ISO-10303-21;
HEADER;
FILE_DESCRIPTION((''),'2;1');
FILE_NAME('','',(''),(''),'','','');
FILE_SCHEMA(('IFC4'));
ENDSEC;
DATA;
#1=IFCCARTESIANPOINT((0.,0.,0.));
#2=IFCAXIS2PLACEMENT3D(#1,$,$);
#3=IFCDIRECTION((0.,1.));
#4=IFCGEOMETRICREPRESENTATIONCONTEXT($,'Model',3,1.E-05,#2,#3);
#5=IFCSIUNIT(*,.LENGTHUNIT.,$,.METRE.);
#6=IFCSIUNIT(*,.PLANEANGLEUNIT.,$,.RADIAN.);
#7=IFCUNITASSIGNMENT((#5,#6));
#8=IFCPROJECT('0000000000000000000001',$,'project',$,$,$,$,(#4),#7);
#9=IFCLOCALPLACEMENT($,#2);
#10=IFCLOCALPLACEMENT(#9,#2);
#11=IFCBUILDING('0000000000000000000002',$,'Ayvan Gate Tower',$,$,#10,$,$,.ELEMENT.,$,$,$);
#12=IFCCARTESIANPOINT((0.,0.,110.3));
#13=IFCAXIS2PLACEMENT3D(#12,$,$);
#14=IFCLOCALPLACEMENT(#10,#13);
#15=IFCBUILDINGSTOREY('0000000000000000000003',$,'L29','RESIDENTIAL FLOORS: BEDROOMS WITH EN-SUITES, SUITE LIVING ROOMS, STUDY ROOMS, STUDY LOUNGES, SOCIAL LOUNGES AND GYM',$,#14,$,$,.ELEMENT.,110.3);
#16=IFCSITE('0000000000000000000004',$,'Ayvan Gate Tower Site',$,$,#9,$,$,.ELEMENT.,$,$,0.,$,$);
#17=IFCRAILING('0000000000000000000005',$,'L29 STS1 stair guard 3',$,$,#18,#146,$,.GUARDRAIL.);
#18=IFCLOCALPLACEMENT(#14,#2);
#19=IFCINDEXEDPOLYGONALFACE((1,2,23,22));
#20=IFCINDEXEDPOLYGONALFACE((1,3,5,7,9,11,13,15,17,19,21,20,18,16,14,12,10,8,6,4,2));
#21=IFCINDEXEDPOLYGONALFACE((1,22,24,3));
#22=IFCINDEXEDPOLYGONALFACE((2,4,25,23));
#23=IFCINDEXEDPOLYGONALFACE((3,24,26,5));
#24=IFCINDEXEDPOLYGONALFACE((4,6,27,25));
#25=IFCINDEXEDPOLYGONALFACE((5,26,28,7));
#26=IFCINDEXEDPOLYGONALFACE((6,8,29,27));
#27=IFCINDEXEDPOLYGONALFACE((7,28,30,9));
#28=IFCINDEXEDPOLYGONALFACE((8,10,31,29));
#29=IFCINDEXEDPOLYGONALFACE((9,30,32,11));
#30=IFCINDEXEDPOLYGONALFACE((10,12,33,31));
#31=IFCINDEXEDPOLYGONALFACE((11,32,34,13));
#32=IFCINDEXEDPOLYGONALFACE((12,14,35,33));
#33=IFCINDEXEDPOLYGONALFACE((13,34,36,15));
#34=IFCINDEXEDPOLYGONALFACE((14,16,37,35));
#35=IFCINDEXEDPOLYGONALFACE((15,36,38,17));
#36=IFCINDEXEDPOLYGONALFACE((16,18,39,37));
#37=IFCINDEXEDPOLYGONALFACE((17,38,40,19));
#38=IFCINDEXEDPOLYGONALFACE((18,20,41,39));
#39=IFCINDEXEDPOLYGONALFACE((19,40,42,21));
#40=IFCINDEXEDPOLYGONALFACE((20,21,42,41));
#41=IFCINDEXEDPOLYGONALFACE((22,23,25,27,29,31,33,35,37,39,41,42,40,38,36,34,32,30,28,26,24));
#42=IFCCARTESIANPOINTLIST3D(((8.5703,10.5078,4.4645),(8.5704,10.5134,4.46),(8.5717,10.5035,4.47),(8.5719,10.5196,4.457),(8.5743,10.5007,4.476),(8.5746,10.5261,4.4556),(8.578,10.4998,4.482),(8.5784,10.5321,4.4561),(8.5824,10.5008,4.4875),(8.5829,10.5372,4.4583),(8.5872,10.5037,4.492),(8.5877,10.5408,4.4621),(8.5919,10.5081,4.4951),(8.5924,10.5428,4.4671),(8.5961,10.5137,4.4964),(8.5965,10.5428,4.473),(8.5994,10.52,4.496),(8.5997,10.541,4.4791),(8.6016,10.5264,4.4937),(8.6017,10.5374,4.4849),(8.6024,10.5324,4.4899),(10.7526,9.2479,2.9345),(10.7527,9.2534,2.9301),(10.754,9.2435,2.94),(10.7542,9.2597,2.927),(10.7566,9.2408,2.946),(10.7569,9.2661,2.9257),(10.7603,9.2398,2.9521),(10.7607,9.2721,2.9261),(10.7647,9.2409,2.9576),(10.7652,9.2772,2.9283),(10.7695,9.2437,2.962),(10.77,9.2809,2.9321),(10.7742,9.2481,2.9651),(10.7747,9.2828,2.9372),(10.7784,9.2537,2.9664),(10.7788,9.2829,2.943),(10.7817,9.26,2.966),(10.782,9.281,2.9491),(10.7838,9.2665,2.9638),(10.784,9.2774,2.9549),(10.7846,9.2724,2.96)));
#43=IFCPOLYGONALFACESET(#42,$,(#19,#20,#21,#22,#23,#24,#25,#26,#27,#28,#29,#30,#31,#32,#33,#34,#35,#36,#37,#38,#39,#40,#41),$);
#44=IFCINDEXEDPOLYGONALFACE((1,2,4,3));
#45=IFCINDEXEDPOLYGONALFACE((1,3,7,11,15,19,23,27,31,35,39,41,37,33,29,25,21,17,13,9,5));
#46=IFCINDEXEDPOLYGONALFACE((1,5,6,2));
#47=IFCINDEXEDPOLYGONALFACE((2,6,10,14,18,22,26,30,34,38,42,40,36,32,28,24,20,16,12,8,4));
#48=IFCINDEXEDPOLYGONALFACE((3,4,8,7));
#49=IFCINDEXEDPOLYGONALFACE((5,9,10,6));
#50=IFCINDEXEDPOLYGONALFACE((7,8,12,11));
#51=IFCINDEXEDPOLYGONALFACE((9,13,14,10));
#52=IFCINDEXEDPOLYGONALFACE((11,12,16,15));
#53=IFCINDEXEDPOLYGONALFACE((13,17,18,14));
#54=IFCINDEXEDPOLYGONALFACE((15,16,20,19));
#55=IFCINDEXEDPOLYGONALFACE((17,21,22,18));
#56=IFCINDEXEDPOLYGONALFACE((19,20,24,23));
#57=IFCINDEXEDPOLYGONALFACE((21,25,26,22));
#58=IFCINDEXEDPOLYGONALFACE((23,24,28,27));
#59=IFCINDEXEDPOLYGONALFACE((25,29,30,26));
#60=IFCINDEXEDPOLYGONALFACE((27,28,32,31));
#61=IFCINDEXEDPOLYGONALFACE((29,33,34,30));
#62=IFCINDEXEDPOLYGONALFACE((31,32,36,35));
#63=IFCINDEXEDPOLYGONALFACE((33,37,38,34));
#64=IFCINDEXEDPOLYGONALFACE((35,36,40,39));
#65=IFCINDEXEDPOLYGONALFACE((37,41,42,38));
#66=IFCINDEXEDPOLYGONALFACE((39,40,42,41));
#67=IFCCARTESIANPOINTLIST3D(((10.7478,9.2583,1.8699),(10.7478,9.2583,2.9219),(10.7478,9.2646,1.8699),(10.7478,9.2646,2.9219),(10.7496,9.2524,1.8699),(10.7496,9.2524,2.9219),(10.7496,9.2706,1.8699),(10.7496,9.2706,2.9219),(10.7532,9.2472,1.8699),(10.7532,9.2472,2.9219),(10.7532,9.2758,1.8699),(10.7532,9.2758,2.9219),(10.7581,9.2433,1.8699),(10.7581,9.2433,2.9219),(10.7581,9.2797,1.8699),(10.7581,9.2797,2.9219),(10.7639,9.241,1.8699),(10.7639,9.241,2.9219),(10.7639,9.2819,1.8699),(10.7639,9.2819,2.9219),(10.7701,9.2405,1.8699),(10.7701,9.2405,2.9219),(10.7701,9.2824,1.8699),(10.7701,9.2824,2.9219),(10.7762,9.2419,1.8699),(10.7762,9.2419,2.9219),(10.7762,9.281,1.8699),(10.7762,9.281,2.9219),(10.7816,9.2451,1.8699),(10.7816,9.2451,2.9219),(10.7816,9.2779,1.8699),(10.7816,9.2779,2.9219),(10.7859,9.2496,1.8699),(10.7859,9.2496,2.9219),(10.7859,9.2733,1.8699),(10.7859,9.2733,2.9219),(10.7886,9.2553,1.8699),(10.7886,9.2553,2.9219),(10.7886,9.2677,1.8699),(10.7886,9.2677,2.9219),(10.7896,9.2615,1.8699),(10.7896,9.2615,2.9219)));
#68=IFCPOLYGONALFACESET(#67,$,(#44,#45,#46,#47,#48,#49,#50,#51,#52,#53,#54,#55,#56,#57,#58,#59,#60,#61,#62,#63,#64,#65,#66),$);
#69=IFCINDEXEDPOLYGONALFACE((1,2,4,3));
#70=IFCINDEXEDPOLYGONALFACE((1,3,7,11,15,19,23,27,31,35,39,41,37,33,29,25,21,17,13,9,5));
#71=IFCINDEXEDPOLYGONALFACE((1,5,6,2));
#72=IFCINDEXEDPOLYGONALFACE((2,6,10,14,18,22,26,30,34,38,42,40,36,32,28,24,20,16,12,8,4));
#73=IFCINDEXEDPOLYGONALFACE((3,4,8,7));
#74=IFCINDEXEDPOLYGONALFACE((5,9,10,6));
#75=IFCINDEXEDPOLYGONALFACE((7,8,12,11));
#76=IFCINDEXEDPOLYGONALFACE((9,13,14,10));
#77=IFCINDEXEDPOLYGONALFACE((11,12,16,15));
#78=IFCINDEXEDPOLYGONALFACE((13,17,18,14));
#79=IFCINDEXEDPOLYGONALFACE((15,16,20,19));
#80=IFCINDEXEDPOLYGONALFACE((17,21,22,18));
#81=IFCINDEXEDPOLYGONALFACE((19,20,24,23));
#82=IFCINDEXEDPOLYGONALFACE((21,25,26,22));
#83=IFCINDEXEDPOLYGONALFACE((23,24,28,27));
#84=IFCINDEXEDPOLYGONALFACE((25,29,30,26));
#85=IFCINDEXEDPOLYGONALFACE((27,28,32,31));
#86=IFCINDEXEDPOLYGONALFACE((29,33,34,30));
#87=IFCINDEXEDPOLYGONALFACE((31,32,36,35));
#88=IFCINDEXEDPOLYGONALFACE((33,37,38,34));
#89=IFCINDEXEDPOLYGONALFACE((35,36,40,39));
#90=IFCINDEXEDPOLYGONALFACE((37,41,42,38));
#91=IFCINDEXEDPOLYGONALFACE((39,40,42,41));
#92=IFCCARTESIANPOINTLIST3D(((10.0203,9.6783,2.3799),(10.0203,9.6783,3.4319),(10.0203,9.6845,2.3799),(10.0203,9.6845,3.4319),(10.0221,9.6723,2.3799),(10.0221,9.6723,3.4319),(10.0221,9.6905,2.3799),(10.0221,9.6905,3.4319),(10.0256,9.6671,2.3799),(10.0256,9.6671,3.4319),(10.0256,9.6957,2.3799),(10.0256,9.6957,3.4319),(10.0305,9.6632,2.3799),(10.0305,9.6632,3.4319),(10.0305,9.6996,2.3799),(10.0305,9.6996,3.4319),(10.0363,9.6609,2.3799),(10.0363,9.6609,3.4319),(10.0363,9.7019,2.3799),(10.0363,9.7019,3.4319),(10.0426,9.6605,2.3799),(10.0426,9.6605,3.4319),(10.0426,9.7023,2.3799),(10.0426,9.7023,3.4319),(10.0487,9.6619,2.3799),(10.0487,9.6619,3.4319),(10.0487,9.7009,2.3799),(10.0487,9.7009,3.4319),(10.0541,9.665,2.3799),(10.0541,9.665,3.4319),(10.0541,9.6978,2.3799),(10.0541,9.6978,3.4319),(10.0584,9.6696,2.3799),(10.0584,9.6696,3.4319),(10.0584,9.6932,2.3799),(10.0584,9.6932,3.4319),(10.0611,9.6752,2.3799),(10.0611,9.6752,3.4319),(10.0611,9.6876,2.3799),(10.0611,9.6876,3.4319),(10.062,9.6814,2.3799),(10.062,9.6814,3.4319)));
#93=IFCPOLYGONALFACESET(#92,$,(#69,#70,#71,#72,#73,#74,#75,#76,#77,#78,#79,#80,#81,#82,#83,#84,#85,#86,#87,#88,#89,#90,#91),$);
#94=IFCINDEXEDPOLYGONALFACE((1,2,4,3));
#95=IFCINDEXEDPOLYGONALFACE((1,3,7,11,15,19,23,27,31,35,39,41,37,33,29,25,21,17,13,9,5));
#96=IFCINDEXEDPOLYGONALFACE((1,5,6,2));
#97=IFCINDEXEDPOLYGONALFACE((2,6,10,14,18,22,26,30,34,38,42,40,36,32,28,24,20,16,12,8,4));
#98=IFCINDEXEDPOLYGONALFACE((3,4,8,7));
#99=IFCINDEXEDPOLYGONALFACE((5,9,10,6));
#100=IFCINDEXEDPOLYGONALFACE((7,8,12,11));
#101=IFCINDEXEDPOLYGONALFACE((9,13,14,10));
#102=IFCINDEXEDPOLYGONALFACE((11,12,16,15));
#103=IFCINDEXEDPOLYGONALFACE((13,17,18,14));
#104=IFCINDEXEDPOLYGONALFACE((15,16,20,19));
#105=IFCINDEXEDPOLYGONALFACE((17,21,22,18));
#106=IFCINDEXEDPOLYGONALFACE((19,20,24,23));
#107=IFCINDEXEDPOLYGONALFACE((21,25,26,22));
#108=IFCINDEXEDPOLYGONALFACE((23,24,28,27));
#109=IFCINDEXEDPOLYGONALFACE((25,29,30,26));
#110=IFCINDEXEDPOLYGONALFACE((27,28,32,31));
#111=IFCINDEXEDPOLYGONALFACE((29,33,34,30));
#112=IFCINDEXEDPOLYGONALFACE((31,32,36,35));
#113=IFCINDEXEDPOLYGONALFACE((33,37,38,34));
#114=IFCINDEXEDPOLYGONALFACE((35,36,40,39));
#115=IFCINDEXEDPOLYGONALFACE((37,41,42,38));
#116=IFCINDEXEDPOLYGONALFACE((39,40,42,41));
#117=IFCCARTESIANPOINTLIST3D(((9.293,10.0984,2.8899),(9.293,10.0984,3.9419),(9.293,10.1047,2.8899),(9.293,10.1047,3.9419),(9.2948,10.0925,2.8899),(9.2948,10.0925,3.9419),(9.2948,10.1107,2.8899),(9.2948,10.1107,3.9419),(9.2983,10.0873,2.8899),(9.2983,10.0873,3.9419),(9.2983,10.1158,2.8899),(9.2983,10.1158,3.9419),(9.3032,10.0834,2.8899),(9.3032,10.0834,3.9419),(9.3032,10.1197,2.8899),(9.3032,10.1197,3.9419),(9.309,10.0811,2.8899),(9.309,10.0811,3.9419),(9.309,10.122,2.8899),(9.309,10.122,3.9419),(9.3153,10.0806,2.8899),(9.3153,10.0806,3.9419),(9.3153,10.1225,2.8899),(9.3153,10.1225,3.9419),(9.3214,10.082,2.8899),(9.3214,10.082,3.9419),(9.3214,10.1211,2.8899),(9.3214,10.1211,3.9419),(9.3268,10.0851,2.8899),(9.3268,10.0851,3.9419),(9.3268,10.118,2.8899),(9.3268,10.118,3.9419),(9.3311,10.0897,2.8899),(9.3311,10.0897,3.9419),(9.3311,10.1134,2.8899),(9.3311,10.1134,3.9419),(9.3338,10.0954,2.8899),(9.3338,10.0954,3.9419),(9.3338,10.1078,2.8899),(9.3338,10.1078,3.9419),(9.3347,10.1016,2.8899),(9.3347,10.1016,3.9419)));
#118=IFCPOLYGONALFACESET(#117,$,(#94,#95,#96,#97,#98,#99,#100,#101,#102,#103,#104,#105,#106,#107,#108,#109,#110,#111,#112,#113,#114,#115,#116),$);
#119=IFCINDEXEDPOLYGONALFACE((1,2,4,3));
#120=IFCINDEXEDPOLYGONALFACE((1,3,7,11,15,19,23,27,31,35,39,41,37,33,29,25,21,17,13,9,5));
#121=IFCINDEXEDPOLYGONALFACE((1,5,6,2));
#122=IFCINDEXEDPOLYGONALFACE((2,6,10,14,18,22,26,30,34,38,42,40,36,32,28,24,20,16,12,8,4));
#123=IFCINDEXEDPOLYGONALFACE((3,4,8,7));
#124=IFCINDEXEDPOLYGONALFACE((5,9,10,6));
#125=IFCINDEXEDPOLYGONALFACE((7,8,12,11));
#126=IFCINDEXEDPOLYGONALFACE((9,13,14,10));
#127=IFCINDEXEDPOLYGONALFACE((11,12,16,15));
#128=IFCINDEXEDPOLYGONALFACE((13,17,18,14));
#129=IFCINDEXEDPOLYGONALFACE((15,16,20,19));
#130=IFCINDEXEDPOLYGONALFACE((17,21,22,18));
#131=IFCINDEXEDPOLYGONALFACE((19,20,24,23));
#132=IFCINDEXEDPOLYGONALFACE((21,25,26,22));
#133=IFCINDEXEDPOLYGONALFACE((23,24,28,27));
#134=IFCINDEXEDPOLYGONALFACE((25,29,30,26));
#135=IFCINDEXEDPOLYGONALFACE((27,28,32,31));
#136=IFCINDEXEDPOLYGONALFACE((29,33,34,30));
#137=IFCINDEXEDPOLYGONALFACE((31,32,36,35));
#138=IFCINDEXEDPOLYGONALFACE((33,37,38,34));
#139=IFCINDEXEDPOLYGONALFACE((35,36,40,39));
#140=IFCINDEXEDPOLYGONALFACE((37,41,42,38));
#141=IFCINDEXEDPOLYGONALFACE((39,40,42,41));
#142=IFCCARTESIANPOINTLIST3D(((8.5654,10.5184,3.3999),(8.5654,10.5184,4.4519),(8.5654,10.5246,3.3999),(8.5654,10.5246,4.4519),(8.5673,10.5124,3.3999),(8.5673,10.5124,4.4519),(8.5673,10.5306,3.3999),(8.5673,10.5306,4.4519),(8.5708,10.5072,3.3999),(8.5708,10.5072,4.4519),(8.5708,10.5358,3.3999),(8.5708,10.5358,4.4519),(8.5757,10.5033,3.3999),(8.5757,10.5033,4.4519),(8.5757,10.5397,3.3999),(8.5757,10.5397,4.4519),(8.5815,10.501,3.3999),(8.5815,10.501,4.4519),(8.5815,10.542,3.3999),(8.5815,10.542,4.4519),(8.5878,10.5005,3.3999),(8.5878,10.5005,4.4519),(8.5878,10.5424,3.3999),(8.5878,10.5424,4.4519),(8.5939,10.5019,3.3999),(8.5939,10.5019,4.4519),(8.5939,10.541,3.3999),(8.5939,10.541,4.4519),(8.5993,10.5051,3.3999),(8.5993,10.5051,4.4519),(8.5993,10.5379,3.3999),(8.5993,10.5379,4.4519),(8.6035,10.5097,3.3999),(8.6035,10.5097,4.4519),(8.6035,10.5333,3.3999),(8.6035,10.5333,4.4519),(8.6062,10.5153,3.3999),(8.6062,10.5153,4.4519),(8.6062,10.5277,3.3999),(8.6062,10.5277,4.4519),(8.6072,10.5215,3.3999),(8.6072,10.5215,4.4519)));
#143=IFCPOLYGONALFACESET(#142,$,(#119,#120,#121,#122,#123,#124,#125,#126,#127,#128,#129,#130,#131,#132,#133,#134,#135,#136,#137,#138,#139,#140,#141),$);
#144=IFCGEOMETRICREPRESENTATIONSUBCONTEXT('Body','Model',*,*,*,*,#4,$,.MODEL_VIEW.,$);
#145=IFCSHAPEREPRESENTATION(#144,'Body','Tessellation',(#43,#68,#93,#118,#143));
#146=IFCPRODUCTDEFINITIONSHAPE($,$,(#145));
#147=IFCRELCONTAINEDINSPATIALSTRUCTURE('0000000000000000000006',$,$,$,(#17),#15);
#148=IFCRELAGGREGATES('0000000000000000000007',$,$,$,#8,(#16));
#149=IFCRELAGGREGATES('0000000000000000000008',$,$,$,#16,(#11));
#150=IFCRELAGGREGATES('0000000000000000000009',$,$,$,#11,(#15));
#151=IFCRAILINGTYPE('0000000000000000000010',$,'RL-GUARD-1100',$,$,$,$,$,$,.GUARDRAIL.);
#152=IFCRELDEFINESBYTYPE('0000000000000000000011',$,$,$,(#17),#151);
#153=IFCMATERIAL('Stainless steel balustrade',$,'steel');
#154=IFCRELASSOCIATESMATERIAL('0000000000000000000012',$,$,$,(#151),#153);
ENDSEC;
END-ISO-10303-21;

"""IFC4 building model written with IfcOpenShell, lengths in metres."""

from ifc_helpers import new_model, si_unit, direction, frame, origin, origin_2d, place, context, subcontext, project, spatial, circle, extrude, material, type_object, element, save


model = new_model("IFC4")

# Units and contexts
model_context = context("Model", 3, precision=1e-05, world=origin(), true_north=direction((0.0, 1.0)))
body_context = subcontext(model_context, "Body", "Model", "MODEL_VIEW")
ifc_project = project(units=[si_unit("LENGTHUNIT", "METRE"), si_unit("PLANEANGLEUNIT", "RADIAN")], contexts=[model_context])

# Site, building, storey
site_placement = place(None, origin())
site = spatial("IfcSite", under=ifc_project, at=site_placement, Name="Ayvan Gate Tower Site", CompositionType="ELEMENT", RefElevation=0.0)
building_placement = place(site_placement, origin())
building = spatial("IfcBuilding", under=site, at=building_placement, Name="Ayvan Gate Tower", CompositionType="ELEMENT")
storey_placement = place(building_placement, frame((0.0, 0.0, 110.3)))
storey = spatial("IfcBuildingStorey", under=building, at=storey_placement, Name="L29", Description="RESIDENTIAL FLOORS: BEDROOMS WITH EN-SUITES, SUITE LIVING ROOMS, STUDY ROOMS, STUDY LOUNGES, SOCIAL LOUNGES AND GYM", CompositionType="ELEMENT", Elevation=110.3)

# Railing
ifc_material_1 = material(Name="Stainless steel balustrade", Category="steel")
railing_type_1 = type_object("IfcRailingType", Name="RL-GUARD-1100", PredefinedType="GUARDRAIL", material=ifc_material_1)
railing_1_placement = place(storey_placement, frame((10.7686, 9.2615, 1.8699)))
element("IfcRailing", 1, at=railing_1_placement, inside=storey, type_object=railing_type_1, Name="L29 STS1 stair guard 3", PredefinedType="GUARDRAIL", context=body_context, shape_type="SweptSolid", body=[
    extrude(circle(Radius=0.0239, at=origin_2d()), frame((0.0, 0.0, 1.0762), z_axis=(-0.740261, 0.427395, 0.518986), x_axis=(-0.500005, -0.866023, 0.0)), (0.0, 0.0, 1.0), 2.948),
    extrude(circle(Radius=0.021, at=origin_2d()), origin(), (0.0, 0.0, 1.0), 1.052),
    extrude(circle(Radius=0.021, at=origin_2d()), frame((-0.7275, 0.4199, 0.51)), (0.0, 0.0, 1.0), 1.052),
    extrude(circle(Radius=0.021, at=origin_2d()), frame((-1.4548, 0.8401, 1.02)), (0.0, 0.0, 1.0), 1.052),
    extrude(circle(Radius=0.021, at=origin_2d()), frame((-2.1824, 1.26, 1.53)), (0.0, 0.0, 1.0), 1.052),
])

save(model, "model.ifc")
